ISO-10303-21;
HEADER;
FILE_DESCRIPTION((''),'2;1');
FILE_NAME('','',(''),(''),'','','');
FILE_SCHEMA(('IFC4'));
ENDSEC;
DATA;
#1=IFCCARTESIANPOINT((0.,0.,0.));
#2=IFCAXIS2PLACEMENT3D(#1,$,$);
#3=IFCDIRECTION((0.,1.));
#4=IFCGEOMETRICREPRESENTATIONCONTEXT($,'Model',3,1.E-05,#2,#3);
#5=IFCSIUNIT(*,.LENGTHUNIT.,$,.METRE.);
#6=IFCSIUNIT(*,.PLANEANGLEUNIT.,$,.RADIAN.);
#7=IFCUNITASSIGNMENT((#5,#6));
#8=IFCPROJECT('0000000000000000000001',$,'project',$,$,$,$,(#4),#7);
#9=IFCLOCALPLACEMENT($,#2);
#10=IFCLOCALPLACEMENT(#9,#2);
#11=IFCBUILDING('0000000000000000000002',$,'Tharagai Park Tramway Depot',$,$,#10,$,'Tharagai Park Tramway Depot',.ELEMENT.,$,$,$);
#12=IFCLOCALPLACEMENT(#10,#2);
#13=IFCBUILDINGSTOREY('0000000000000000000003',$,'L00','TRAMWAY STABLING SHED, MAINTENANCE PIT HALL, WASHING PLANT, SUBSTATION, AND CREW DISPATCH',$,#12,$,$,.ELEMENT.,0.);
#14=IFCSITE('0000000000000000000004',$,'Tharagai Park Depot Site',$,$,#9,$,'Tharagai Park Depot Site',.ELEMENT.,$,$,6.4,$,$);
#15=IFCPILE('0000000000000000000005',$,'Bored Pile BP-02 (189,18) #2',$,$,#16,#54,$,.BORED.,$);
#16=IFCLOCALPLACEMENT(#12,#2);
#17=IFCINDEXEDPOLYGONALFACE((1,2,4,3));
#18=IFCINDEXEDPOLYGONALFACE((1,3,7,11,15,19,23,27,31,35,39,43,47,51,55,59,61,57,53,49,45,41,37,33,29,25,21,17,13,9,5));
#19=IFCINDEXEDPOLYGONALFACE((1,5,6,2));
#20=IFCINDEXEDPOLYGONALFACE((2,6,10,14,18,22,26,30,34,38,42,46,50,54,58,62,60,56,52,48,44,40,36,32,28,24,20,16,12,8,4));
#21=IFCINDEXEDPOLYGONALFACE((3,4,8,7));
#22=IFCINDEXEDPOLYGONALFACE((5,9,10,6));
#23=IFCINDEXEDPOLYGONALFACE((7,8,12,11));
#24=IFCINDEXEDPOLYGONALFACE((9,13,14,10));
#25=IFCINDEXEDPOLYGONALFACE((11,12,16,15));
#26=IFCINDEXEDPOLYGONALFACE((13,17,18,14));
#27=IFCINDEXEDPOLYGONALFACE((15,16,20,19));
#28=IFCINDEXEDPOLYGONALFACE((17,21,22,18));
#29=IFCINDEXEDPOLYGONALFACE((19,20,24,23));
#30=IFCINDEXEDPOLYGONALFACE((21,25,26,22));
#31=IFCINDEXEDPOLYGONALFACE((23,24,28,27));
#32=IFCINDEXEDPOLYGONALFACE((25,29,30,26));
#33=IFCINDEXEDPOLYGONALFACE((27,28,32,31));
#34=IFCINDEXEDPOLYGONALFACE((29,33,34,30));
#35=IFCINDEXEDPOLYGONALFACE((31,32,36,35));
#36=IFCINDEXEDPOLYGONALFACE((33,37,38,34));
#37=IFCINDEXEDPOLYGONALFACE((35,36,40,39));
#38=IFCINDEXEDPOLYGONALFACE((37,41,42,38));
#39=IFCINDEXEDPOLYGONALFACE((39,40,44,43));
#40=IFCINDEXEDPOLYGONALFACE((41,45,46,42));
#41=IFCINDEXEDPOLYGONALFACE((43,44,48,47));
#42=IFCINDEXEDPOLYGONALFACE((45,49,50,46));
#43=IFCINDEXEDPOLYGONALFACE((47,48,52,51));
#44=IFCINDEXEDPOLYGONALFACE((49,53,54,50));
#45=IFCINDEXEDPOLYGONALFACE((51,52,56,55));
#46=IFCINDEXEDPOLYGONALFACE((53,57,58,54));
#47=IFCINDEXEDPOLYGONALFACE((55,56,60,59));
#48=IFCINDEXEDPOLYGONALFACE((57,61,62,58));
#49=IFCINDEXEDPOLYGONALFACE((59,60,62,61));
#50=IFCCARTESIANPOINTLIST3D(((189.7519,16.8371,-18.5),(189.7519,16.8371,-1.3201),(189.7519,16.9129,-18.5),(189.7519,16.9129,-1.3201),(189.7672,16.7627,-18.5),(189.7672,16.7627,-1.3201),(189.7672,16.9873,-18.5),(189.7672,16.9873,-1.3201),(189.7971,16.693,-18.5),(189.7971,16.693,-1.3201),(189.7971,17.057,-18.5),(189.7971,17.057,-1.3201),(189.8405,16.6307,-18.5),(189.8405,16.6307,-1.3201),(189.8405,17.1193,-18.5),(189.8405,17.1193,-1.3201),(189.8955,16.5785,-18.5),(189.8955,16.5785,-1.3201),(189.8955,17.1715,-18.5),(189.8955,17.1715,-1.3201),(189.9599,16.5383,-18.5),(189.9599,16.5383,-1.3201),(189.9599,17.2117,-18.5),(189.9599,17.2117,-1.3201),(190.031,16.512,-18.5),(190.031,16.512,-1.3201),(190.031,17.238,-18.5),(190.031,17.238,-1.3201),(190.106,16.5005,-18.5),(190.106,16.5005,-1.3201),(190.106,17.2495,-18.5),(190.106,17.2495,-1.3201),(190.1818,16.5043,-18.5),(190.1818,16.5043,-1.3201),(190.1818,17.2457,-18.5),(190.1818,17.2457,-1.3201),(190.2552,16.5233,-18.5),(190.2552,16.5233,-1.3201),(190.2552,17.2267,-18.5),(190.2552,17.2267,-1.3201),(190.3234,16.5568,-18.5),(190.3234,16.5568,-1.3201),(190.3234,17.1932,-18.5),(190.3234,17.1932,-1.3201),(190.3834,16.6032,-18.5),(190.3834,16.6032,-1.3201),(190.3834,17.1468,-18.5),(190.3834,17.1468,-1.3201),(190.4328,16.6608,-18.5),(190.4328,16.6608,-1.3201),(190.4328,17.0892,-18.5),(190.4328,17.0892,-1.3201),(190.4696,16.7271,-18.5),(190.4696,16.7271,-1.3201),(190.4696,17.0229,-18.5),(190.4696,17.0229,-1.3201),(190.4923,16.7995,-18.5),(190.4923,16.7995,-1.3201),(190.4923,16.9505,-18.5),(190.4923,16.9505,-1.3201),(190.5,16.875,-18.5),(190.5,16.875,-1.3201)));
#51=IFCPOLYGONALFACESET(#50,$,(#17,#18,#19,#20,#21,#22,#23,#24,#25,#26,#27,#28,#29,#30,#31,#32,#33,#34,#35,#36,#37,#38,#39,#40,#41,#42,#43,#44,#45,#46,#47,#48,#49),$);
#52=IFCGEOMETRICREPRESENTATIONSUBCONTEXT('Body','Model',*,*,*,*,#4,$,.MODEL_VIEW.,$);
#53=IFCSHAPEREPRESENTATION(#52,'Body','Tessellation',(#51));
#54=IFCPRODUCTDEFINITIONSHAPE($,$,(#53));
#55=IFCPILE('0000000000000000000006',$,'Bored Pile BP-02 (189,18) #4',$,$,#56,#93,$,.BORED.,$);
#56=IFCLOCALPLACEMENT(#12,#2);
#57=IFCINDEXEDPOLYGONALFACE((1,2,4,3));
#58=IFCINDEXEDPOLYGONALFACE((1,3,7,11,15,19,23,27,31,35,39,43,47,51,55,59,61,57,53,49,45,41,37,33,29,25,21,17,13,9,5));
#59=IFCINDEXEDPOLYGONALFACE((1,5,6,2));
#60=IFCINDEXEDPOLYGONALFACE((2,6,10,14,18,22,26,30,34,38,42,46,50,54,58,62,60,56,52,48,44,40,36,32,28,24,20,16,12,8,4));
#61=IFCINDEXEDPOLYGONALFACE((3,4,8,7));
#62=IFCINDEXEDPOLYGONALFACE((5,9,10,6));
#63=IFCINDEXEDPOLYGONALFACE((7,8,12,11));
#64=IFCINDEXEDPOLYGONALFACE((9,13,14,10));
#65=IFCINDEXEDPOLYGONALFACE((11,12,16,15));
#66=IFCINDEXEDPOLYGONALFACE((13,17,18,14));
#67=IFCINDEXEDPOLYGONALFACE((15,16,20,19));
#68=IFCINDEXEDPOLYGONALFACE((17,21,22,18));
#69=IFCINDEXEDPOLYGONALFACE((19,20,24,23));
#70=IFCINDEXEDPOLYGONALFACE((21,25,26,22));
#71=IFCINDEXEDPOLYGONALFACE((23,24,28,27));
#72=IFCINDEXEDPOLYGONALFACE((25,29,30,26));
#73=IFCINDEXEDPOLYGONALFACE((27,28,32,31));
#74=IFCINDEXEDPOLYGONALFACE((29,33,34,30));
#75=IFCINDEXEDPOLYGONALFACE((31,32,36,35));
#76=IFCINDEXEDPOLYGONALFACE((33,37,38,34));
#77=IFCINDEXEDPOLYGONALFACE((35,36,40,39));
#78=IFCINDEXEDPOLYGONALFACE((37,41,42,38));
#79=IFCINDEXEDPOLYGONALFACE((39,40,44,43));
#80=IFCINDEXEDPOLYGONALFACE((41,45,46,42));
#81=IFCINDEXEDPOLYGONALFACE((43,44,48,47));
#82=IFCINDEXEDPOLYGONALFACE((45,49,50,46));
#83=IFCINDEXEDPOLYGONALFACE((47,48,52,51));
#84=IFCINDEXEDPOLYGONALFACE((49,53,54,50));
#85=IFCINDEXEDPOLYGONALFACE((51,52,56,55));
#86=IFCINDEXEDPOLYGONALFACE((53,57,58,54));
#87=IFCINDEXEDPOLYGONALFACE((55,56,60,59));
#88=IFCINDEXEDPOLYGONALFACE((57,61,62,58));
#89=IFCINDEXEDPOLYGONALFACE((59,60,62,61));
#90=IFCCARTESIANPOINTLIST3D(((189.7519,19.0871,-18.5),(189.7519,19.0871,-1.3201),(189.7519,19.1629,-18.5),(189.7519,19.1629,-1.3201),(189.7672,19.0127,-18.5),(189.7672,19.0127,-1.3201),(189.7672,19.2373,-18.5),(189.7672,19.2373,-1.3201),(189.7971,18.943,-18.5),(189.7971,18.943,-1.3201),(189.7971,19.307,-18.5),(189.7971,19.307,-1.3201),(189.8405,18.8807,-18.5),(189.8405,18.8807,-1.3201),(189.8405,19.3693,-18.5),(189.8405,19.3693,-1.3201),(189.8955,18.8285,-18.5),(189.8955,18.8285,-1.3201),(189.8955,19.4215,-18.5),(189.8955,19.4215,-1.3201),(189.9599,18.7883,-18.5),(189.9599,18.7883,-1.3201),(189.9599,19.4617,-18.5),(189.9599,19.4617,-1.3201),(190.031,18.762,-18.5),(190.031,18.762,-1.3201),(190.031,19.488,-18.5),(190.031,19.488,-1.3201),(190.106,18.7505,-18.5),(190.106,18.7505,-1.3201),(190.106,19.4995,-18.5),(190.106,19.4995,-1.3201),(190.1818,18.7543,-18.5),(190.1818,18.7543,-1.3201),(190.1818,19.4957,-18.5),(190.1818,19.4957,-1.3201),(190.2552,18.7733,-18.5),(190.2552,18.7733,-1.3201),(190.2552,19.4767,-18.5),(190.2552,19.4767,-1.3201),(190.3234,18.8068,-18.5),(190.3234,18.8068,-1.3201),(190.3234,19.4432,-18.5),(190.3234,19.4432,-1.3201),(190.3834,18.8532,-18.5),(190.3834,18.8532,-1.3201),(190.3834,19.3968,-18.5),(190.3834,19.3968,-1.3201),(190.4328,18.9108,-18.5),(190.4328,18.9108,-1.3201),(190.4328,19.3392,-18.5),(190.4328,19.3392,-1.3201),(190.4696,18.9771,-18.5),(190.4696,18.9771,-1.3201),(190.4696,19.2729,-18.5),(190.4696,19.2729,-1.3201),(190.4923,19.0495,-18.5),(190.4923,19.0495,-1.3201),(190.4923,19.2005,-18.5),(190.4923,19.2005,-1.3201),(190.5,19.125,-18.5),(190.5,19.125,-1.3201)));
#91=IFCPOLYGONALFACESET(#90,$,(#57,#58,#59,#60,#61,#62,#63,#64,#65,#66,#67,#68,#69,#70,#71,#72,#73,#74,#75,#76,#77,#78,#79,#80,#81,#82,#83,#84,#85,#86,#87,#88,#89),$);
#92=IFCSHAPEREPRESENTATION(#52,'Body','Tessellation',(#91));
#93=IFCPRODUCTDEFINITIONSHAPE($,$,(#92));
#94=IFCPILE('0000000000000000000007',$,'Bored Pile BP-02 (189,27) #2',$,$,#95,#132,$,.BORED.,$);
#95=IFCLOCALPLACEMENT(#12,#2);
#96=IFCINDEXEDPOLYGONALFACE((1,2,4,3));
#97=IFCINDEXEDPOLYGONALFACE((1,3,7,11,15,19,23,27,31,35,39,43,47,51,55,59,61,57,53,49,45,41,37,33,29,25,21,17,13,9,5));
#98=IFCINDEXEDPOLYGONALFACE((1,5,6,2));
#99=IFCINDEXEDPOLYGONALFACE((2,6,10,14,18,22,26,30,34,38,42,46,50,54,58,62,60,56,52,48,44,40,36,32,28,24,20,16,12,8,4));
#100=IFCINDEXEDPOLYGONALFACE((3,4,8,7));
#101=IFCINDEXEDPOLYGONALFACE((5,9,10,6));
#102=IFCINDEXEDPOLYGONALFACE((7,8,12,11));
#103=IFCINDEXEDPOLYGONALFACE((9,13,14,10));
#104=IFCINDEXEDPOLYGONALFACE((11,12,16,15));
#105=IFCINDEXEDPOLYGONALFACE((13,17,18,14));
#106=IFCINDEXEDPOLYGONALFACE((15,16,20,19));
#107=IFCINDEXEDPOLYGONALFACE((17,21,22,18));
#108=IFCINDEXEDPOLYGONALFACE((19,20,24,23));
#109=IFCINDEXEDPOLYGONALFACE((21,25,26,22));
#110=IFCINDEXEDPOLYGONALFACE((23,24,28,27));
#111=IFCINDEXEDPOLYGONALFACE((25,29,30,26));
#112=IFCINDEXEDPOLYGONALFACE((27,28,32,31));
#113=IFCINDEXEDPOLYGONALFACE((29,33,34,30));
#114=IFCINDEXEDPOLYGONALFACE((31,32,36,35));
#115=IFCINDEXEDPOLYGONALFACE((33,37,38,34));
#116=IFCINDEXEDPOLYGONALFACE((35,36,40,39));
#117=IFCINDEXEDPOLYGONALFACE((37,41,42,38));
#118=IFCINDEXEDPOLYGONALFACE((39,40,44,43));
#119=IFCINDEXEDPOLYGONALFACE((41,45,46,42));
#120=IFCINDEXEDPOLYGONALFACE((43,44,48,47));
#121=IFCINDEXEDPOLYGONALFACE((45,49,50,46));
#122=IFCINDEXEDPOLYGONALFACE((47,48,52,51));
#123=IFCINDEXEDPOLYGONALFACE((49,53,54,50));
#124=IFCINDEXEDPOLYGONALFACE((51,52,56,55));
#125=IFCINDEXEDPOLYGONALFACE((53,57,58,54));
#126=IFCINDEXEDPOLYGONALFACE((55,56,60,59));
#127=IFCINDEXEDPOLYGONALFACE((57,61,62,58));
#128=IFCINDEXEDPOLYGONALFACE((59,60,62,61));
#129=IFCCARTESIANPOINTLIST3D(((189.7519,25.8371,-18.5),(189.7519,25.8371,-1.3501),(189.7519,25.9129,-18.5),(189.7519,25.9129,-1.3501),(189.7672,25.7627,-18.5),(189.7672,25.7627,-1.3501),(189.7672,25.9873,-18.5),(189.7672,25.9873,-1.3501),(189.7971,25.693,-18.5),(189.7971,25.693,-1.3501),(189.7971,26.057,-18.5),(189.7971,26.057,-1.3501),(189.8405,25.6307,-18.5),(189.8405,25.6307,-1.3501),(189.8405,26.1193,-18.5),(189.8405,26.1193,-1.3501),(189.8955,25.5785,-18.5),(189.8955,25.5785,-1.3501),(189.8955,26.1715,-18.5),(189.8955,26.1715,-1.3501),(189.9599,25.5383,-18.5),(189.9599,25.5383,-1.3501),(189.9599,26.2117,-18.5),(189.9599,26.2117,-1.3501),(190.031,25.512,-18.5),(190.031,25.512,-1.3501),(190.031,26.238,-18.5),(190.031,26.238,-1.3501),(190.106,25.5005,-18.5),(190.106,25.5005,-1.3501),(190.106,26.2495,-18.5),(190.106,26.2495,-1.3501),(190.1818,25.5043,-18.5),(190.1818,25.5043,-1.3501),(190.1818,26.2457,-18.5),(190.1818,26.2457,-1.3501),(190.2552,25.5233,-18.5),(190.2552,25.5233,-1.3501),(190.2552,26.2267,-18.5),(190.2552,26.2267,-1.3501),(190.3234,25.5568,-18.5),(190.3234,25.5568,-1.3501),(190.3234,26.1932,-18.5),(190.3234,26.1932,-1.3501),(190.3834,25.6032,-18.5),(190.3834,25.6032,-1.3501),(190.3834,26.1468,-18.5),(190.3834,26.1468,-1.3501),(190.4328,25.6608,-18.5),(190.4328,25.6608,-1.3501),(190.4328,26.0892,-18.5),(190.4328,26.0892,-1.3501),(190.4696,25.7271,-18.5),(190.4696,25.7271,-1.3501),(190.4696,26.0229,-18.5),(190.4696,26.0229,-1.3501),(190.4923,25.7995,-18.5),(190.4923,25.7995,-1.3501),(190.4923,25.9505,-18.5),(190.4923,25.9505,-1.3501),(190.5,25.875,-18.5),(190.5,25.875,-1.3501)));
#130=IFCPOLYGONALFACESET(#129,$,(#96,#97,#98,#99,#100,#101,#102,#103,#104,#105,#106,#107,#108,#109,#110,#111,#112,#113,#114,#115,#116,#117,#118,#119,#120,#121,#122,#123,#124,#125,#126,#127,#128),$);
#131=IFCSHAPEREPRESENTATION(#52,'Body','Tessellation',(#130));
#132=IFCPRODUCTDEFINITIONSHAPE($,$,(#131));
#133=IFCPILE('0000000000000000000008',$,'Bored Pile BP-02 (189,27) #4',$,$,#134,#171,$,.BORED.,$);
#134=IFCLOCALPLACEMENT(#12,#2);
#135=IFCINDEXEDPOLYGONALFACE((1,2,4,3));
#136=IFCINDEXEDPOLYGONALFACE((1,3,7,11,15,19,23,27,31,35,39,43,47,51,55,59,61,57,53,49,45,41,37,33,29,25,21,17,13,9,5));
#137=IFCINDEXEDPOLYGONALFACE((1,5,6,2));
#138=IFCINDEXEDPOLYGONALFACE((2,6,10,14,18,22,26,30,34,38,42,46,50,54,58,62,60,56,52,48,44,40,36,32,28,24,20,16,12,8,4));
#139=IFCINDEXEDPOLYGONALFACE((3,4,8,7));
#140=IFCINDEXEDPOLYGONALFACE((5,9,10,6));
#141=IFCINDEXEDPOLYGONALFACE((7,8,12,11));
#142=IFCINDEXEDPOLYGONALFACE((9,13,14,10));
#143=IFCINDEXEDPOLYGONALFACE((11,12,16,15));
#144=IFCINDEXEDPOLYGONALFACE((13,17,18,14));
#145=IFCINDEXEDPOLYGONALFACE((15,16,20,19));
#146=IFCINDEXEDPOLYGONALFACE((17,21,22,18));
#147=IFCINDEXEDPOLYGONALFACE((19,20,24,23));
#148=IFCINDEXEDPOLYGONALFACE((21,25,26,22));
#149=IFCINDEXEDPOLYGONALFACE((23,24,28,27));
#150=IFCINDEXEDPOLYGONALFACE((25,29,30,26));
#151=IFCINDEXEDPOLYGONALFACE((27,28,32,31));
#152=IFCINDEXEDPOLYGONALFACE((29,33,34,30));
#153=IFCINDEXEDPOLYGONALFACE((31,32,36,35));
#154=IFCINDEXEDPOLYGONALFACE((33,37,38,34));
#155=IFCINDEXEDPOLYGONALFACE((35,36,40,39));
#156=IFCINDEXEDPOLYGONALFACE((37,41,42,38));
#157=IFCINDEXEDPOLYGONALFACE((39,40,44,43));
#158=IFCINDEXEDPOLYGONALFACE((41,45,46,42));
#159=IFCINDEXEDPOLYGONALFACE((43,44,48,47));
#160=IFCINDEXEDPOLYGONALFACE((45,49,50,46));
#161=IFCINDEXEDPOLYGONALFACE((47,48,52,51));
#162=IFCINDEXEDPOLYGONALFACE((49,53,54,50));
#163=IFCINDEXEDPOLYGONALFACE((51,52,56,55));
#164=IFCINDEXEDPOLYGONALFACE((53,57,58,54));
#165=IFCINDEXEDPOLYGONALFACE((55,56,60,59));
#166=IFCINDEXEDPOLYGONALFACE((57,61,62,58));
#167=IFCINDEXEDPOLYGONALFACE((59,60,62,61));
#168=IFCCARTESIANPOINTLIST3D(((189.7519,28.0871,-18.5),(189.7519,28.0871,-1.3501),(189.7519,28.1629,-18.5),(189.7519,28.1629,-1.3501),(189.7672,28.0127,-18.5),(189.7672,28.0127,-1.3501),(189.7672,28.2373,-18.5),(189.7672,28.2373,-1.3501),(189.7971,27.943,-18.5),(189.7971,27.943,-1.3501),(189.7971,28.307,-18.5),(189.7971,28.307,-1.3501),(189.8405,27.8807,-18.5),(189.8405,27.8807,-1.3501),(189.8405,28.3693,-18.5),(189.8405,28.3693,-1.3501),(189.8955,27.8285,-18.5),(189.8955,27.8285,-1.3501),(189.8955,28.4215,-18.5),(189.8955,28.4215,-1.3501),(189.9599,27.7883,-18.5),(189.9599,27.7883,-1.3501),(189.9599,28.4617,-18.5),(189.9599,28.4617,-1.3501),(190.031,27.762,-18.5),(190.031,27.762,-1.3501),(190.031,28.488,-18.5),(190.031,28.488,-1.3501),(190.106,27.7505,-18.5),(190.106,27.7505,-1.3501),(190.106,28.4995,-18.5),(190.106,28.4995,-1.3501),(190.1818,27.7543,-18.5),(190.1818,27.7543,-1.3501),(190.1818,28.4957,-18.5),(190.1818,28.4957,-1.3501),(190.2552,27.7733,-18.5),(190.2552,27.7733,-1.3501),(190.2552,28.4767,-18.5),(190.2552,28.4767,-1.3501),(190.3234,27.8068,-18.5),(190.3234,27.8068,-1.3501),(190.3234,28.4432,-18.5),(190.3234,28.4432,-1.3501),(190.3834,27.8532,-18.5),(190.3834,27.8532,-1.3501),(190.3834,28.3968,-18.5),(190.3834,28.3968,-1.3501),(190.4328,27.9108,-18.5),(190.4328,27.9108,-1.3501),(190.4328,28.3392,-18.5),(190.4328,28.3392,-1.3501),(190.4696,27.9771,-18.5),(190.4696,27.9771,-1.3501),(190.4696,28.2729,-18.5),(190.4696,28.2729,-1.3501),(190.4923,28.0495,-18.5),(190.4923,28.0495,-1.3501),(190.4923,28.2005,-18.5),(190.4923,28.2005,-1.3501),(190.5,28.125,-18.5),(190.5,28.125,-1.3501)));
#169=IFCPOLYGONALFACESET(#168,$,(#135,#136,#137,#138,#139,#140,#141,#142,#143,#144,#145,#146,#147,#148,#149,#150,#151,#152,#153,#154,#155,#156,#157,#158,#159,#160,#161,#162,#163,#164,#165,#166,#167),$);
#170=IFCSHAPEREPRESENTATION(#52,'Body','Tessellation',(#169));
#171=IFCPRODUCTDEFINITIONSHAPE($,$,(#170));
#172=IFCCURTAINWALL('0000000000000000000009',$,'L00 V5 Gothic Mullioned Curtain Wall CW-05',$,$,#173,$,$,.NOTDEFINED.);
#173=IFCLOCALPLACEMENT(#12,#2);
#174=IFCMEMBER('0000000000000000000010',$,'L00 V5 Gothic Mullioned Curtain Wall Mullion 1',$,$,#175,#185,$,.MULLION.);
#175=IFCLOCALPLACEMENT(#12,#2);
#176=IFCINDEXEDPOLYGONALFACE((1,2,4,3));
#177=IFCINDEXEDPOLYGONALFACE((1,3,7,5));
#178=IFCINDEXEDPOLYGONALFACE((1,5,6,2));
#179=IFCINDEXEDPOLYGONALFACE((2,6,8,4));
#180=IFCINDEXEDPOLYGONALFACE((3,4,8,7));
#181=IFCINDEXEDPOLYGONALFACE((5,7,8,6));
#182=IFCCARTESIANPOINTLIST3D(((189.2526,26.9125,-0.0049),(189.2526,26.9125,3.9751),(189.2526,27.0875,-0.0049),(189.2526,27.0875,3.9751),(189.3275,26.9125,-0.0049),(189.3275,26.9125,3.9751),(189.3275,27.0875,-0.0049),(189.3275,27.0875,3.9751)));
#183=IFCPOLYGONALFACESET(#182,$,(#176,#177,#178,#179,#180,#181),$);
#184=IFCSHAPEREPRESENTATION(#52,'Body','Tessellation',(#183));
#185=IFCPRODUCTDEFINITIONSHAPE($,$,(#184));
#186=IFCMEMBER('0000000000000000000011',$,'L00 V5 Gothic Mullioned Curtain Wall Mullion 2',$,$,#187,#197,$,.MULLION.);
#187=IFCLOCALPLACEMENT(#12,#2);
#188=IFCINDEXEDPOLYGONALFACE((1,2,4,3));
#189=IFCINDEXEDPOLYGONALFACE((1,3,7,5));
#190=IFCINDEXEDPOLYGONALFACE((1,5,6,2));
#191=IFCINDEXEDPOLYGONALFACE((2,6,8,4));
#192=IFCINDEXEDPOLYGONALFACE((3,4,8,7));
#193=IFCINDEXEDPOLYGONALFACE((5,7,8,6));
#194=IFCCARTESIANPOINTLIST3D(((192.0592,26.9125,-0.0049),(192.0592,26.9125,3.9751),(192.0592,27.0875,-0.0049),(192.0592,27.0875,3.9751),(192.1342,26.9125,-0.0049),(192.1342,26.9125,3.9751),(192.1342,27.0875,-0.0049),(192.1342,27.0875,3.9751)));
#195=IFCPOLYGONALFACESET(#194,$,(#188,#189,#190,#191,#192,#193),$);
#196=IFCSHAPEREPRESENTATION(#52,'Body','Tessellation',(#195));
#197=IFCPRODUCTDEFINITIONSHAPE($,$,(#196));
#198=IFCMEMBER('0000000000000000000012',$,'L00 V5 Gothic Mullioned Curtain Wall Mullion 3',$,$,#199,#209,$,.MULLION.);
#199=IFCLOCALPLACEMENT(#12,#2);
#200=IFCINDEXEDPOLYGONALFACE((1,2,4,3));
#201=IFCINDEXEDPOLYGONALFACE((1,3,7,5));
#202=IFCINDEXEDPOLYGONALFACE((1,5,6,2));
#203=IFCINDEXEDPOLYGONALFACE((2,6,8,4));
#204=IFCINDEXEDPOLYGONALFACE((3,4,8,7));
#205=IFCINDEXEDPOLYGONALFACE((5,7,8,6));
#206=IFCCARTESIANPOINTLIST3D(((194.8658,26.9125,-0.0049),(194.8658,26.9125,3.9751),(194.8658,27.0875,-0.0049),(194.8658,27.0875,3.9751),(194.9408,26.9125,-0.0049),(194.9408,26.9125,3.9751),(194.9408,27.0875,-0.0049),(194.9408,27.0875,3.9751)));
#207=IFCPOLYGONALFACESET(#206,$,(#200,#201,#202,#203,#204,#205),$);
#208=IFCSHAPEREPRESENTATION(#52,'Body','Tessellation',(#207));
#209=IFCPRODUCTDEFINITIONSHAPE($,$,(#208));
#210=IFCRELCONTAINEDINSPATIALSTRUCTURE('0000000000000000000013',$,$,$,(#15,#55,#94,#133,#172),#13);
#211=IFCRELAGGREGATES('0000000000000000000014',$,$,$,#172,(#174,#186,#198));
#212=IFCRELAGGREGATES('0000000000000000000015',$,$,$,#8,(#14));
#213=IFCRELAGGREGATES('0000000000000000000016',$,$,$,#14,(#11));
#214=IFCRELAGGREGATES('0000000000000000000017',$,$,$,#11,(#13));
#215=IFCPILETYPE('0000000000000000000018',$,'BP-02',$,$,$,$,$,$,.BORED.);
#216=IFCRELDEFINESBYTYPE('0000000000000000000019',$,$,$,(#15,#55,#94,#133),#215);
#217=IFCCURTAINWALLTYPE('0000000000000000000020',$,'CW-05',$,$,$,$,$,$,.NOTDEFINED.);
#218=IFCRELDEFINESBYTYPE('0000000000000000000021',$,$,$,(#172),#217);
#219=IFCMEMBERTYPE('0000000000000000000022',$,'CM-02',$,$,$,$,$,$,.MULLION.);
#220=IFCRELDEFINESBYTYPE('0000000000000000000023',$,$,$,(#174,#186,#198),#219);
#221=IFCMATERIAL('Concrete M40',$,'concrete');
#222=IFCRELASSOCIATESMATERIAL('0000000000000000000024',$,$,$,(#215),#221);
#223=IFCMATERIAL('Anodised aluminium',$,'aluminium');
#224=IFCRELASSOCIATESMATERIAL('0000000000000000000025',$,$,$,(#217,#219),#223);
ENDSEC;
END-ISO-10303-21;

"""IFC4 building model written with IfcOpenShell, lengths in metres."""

from ifc_helpers import new_model, si_unit, direction, frame, origin, origin_2d, place, context, subcontext, project, spatial, rectangle, circle, extrude, material, material_profile, profile_set, type_object, element, aggregate, save


model = new_model("IFC4")

# Units and contexts
model_context = context("Model", 3, precision=1e-05, world=origin(), true_north=direction((0.0, 1.0)))
body_context = subcontext(model_context, "Body", "Model", "MODEL_VIEW")
ifc_project = project(units=[si_unit("LENGTHUNIT", "METRE"), si_unit("PLANEANGLEUNIT", "RADIAN")], contexts=[model_context])

# Site, building, storey
site_placement = place(None, origin())
site = spatial("IfcSite", under=ifc_project, at=site_placement, Name="Tharagai Park Depot Site", LongName="Tharagai Park Depot Site", CompositionType="ELEMENT", RefElevation=6.4)
building_placement = place(site_placement, origin())
building = spatial("IfcBuilding", under=site, at=building_placement, Name="Tharagai Park Tramway Depot", LongName="Tharagai Park Tramway Depot", CompositionType="ELEMENT")
storey_placement = place(building_placement, origin())
storey = spatial("IfcBuildingStorey", under=building, at=storey_placement, Name="L00", Description="TRAMWAY STABLING SHED, MAINTENANCE PIT HALL, WASHING PLANT, SUBSTATION, AND CREW DISPATCH", CompositionType="ELEMENT", Elevation=0.0)

# Piles
ifc_material_1 = material(Name="Concrete M40", Category="concrete")
ifc_material_profile_1 = material_profile(ifc_material_1, circle(Radius=0.375, at=origin_2d()), Name="PILE D750")
ifc_profile_set_1 = profile_set([ifc_material_profile_1], Name="Concrete M40")
pile_type = type_object("IfcPileType", Name="BP-02", PredefinedType="BORED", material=ifc_profile_set_1)
for number, where, z_axis, x_axis, name in (
    (1, (190.125, 16.875, -1.3201), (0.0, 0.0, -1.0), (1.0, 0.0, 0.0), "Bored Pile BP-02 (189,18) #2"),
    (2, (190.125, 19.125, -1.3201), (0.0, 0.0, -1.0), (1.0, 0.0, 0.0), "Bored Pile BP-02 (189,18) #4"),
):
    element("IfcPile", number, at=place(storey_placement, frame(where, z_axis=z_axis, x_axis=x_axis)), inside=storey, type_object=pile_type, Name=name, PredefinedType="BORED", context=body_context, shape_type="SweptSolid", body=[
        extrude(circle(Radius=0.375, at=origin_2d()), origin(), (0.0, 0.0, 1.0), 17.1799),
    ])
for number, where, z_axis, x_axis, name in (
    (3, (190.125, 25.875, -1.3501), (0.0, 0.0, -1.0), (1.0, 0.0, 0.0), "Bored Pile BP-02 (189,27) #2"),
    (4, (190.125, 28.125, -1.3501), (0.0, 0.0, -1.0), (1.0, 0.0, 0.0), "Bored Pile BP-02 (189,27) #4"),
):
    element("IfcPile", number, at=place(storey_placement, frame(where, z_axis=z_axis, x_axis=x_axis)), inside=storey, type_object=pile_type, Name=name, PredefinedType="BORED", context=body_context, shape_type="SweptSolid", body=[
        extrude(circle(Radius=0.375, at=origin_2d()), origin(), (0.0, 0.0, 1.0), 17.1499),
    ])

# Curtain wall, members
ifc_material_2 = material(Name="Anodised aluminium", Category="aluminium")
curtain_wall_type = type_object("IfcCurtainWallType", Name="CW-05", PredefinedType="NOTDEFINED", material=ifc_material_2)
curtain_wall_placement = place(storey_placement, origin())
curtain_wall = element("IfcCurtainWall", 5, at=curtain_wall_placement, inside=storey, type_object=curtain_wall_type, Name="L00 V5 Gothic Mullioned Curtain Wall CW-05", PredefinedType="NOTDEFINED")
ifc_material_profile_2 = material_profile(ifc_material_2, rectangle(XDim=0.075, YDim=0.175, at=origin_2d()), Name="ALU 75x175")
ifc_profile_set_2 = profile_set([ifc_material_profile_2], Name="Anodised aluminium")
member_type_1 = type_object("IfcMemberType", Name="CM-02", PredefinedType="MULLION", material=ifc_profile_set_2)
member_1_placement = place(storey_placement, frame((189.29, 27.0, -0.0049), z_axis=(0.0, 0.0, 1.0), x_axis=(1.0, 0.0, 0.0)))
member_1 = element("IfcMember", 6, at=member_1_placement, type_object=member_type_1, Name="L00 V5 Gothic Mullioned Curtain Wall Mullion 1", PredefinedType="MULLION", context=body_context, shape_type="SweptSolid", body=[
    extrude(rectangle(XDim=0.075, YDim=0.175, at=origin_2d()), origin(), (0.0, 0.0, 1.0), 3.98),
])
member_2_placement = place(storey_placement, frame((192.0967, 27.0, -0.0049), z_axis=(0.0, 0.0, 1.0), x_axis=(1.0, 0.0, 0.0)))
member_2 = element("IfcMember", 7, at=member_2_placement, type_object=member_type_1, Name="L00 V5 Gothic Mullioned Curtain Wall Mullion 2", PredefinedType="MULLION", context=body_context, shape_type="SweptSolid", body=[
    extrude(rectangle(XDim=0.075, YDim=0.175, at=origin_2d()), origin(), (0.0, 0.0, 1.0), 3.98),
])
member_3_placement = place(storey_placement, frame((194.9033, 27.0, -0.0049), z_axis=(0.0, 0.0, 1.0), x_axis=(1.0, 0.0, 0.0)))
member_3 = element("IfcMember", 8, at=member_3_placement, type_object=member_type_1, Name="L00 V5 Gothic Mullioned Curtain Wall Mullion 3", PredefinedType="MULLION", context=body_context, shape_type="SweptSolid", body=[
    extrude(rectangle(XDim=0.075, YDim=0.175, at=origin_2d()), origin(), (0.0, 0.0, 1.0), 3.98),
])
aggregate(curtain_wall, [member_1, member_2, member_3])

save(model, "model.ifc")
